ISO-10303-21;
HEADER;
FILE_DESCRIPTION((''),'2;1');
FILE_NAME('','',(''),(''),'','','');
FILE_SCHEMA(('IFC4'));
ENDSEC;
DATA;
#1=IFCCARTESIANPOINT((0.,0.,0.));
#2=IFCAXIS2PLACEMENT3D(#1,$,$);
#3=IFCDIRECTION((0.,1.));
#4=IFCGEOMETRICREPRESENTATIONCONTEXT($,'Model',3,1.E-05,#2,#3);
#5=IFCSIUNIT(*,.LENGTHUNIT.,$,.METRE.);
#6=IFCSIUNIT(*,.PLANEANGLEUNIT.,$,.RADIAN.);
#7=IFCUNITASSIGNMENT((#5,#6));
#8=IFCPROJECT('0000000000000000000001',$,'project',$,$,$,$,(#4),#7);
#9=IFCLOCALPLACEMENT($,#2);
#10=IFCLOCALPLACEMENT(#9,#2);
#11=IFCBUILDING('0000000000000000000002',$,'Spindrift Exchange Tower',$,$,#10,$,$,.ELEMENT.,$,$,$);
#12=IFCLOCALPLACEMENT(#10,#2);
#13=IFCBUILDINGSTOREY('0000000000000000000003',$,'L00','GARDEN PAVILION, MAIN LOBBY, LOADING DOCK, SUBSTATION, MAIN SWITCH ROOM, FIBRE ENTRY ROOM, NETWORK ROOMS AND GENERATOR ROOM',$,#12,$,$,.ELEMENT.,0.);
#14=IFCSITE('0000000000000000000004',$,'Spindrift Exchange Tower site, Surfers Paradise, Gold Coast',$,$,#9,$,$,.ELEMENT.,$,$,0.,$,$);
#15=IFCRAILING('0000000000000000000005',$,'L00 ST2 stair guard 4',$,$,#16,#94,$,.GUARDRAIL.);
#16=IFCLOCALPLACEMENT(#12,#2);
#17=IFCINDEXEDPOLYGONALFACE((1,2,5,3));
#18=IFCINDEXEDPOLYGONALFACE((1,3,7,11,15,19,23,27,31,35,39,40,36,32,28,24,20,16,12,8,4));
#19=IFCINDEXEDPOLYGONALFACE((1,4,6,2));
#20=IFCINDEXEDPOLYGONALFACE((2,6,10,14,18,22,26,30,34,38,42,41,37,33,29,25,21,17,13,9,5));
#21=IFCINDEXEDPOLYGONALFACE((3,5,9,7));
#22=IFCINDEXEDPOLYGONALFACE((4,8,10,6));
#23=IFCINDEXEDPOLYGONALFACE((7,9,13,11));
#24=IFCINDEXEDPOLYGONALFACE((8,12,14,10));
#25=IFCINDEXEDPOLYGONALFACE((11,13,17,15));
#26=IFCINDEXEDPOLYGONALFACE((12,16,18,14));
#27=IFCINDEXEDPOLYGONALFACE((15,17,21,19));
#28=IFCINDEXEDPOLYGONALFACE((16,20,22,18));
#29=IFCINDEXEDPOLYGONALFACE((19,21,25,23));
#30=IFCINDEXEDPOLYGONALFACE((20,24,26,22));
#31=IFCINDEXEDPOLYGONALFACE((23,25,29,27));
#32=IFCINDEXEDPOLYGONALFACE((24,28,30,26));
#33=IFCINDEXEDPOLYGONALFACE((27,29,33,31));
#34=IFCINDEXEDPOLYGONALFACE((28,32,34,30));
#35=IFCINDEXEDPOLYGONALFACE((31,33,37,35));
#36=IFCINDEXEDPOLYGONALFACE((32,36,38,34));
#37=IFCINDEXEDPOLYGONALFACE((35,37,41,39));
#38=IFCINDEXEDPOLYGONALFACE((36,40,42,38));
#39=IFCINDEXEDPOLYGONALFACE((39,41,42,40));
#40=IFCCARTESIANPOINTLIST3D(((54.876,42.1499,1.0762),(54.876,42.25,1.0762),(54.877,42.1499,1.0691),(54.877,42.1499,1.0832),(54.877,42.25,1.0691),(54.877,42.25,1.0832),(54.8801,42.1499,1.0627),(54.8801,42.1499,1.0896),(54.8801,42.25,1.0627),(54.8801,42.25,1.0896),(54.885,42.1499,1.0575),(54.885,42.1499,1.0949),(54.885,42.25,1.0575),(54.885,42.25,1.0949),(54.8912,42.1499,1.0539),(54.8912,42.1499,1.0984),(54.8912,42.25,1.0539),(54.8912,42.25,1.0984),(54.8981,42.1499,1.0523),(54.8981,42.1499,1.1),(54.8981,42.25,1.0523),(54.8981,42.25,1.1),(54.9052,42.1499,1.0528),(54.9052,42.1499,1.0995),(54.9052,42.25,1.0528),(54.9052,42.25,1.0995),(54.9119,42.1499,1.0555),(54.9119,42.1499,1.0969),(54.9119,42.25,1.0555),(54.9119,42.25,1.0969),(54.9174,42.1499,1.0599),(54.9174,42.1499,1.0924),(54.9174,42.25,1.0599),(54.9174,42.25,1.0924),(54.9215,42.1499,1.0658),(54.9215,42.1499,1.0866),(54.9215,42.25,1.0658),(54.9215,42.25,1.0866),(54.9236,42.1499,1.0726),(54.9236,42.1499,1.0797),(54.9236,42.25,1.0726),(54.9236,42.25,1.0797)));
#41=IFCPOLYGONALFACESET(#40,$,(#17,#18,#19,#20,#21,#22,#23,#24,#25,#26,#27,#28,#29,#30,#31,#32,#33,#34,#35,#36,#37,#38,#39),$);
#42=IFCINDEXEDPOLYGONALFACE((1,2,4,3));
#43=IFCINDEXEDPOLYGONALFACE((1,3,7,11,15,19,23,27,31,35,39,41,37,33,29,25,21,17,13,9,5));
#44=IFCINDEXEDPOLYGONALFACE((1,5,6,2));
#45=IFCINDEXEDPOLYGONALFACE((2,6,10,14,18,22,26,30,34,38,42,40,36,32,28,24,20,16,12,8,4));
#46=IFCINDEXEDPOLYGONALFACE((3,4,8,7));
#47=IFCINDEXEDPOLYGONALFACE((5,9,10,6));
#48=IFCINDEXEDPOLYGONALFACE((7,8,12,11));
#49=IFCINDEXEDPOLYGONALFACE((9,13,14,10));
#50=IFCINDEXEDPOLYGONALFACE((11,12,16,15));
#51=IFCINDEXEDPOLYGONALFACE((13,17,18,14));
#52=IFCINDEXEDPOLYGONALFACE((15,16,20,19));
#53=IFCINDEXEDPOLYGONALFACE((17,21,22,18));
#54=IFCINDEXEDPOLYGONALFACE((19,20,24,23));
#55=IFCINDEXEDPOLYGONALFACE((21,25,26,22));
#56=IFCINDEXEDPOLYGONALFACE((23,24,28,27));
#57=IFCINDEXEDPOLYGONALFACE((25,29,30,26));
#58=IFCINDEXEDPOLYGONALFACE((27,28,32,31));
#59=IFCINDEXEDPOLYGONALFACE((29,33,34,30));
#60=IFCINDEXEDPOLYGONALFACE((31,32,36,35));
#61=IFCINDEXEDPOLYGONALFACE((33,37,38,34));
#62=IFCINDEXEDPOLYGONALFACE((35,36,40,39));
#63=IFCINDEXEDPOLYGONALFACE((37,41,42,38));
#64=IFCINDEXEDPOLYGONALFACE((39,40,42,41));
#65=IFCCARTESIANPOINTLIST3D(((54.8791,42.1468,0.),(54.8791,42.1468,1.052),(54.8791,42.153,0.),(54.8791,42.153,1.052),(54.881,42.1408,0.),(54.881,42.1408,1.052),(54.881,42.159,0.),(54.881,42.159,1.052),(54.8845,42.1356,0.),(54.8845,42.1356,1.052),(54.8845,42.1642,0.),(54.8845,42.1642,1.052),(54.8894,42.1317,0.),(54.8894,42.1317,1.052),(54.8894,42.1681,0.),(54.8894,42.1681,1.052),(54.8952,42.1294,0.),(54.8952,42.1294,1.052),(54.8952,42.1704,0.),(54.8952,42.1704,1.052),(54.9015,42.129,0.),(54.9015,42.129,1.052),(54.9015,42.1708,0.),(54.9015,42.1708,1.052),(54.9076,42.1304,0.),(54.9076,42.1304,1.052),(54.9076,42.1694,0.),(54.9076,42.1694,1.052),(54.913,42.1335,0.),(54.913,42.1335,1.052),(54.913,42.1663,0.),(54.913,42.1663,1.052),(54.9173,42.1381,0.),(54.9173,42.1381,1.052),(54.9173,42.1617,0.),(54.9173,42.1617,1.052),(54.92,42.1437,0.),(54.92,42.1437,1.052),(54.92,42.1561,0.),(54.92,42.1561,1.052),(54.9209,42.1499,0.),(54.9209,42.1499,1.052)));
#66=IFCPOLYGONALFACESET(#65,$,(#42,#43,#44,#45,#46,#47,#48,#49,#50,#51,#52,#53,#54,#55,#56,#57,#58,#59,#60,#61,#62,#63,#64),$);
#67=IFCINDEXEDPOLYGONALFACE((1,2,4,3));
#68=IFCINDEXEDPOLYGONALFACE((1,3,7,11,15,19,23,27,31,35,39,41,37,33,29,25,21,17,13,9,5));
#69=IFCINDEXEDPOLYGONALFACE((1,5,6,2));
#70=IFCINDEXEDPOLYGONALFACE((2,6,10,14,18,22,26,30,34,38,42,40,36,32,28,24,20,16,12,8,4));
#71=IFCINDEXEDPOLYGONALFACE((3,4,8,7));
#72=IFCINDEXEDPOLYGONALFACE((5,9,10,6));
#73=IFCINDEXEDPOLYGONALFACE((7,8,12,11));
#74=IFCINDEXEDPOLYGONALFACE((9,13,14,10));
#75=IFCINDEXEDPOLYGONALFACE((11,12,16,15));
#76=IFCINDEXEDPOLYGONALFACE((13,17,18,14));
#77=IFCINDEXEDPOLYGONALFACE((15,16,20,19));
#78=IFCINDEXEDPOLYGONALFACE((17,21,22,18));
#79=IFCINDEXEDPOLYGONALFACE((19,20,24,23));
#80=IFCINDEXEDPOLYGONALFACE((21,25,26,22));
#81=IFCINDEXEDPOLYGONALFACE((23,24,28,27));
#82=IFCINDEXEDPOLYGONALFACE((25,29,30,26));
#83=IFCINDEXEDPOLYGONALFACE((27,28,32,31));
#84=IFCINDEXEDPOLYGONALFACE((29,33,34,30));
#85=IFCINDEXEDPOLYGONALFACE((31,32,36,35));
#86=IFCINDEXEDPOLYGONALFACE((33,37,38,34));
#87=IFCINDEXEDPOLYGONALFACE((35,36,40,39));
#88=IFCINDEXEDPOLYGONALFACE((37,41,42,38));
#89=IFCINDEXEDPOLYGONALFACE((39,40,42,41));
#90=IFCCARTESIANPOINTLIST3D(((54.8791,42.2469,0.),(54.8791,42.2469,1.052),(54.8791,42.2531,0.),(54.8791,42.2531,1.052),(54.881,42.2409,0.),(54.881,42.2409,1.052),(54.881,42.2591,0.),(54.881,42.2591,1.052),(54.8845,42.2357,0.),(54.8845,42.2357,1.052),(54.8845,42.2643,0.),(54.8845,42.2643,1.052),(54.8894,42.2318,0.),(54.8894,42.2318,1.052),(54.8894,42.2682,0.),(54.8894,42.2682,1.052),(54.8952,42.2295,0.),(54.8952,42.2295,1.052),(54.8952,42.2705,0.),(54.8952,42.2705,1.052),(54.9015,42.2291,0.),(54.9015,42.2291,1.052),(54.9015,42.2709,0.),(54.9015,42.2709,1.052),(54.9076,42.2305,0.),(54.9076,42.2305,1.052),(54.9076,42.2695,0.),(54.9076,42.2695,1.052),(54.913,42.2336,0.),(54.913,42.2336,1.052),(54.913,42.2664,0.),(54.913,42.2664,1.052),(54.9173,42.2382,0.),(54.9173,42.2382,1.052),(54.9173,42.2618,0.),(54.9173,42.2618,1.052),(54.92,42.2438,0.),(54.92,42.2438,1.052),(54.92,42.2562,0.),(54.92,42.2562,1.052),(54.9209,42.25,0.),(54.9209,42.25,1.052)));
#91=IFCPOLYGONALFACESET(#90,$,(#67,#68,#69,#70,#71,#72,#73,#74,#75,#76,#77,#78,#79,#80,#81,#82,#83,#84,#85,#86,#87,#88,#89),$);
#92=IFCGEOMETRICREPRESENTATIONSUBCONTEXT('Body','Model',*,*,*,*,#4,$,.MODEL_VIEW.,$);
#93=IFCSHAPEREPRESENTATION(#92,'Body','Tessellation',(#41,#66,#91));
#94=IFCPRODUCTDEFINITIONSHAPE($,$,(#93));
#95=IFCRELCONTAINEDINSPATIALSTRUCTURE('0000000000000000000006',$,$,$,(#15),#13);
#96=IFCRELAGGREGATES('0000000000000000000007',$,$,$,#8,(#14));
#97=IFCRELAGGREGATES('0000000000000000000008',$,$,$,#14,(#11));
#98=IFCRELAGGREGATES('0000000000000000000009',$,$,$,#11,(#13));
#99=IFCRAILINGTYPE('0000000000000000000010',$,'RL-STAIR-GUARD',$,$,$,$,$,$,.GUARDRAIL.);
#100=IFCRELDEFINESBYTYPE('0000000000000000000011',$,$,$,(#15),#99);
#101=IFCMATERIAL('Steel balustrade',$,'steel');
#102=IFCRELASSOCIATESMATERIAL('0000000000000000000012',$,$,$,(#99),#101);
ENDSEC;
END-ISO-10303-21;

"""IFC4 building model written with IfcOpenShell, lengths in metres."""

from ifc_helpers import new_model, si_unit, direction, frame, origin, origin_2d, place, context, subcontext, project, spatial, circle, extrude, material, type_object, element, save


model = new_model("IFC4")

# Units and contexts
model_context = context("Model", 3, precision=1e-05, world=origin(), true_north=direction((0.0, 1.0)))
body_context = subcontext(model_context, "Body", "Model", "MODEL_VIEW")
ifc_project = project(units=[si_unit("LENGTHUNIT", "METRE"), si_unit("PLANEANGLEUNIT", "RADIAN")], contexts=[model_context])

# Site, building, storey
site_placement = place(None, origin())
site = spatial("IfcSite", under=ifc_project, at=site_placement, Name="Spindrift Exchange Tower site, Surfers Paradise, Gold Coast", CompositionType="ELEMENT", RefElevation=0.0)
building_placement = place(site_placement, origin())
building = spatial("IfcBuilding", under=site, at=building_placement, Name="Spindrift Exchange Tower", CompositionType="ELEMENT")
storey_placement = place(building_placement, origin())
storey = spatial("IfcBuildingStorey", under=building, at=storey_placement, Name="L00", Description="GARDEN PAVILION, MAIN LOBBY, LOADING DOCK, SUBSTATION, MAIN SWITCH ROOM, FIBRE ENTRY ROOM, NETWORK ROOMS AND GENERATOR ROOM", CompositionType="ELEMENT", Elevation=0.0)

# Railing
ifc_material_1 = material(Name="Steel balustrade", Category="steel")
railing_type_1 = type_object("IfcRailingType", Name="RL-STAIR-GUARD", PredefinedType="GUARDRAIL", material=ifc_material_1)
railing_1_placement = place(storey_placement, frame((54.8999, 42.1499, 0.0)))
element("IfcRailing", 1, at=railing_1_placement, inside=storey, type_object=railing_type_1, Name="L00 ST2 stair guard 4", PredefinedType="GUARDRAIL", context=body_context, shape_type="SweptSolid", body=[
    extrude(circle(Radius=0.0239, at=origin_2d()), frame((0.0, 0.0, 1.0762), z_axis=(0.0, 1.0, 0.0), x_axis=(-1.0, 0.0, 0.0)), (0.0, 0.0, 1.0), 0.1001),
    extrude(circle(Radius=0.021, at=origin_2d()), origin(), (0.0, 0.0, 1.0), 1.052),
    extrude(circle(Radius=0.021, at=origin_2d()), frame((0.0, 0.1001, 0.0)), (0.0, 0.0, 1.0), 1.052),
])

save(model, "model.ifc")
